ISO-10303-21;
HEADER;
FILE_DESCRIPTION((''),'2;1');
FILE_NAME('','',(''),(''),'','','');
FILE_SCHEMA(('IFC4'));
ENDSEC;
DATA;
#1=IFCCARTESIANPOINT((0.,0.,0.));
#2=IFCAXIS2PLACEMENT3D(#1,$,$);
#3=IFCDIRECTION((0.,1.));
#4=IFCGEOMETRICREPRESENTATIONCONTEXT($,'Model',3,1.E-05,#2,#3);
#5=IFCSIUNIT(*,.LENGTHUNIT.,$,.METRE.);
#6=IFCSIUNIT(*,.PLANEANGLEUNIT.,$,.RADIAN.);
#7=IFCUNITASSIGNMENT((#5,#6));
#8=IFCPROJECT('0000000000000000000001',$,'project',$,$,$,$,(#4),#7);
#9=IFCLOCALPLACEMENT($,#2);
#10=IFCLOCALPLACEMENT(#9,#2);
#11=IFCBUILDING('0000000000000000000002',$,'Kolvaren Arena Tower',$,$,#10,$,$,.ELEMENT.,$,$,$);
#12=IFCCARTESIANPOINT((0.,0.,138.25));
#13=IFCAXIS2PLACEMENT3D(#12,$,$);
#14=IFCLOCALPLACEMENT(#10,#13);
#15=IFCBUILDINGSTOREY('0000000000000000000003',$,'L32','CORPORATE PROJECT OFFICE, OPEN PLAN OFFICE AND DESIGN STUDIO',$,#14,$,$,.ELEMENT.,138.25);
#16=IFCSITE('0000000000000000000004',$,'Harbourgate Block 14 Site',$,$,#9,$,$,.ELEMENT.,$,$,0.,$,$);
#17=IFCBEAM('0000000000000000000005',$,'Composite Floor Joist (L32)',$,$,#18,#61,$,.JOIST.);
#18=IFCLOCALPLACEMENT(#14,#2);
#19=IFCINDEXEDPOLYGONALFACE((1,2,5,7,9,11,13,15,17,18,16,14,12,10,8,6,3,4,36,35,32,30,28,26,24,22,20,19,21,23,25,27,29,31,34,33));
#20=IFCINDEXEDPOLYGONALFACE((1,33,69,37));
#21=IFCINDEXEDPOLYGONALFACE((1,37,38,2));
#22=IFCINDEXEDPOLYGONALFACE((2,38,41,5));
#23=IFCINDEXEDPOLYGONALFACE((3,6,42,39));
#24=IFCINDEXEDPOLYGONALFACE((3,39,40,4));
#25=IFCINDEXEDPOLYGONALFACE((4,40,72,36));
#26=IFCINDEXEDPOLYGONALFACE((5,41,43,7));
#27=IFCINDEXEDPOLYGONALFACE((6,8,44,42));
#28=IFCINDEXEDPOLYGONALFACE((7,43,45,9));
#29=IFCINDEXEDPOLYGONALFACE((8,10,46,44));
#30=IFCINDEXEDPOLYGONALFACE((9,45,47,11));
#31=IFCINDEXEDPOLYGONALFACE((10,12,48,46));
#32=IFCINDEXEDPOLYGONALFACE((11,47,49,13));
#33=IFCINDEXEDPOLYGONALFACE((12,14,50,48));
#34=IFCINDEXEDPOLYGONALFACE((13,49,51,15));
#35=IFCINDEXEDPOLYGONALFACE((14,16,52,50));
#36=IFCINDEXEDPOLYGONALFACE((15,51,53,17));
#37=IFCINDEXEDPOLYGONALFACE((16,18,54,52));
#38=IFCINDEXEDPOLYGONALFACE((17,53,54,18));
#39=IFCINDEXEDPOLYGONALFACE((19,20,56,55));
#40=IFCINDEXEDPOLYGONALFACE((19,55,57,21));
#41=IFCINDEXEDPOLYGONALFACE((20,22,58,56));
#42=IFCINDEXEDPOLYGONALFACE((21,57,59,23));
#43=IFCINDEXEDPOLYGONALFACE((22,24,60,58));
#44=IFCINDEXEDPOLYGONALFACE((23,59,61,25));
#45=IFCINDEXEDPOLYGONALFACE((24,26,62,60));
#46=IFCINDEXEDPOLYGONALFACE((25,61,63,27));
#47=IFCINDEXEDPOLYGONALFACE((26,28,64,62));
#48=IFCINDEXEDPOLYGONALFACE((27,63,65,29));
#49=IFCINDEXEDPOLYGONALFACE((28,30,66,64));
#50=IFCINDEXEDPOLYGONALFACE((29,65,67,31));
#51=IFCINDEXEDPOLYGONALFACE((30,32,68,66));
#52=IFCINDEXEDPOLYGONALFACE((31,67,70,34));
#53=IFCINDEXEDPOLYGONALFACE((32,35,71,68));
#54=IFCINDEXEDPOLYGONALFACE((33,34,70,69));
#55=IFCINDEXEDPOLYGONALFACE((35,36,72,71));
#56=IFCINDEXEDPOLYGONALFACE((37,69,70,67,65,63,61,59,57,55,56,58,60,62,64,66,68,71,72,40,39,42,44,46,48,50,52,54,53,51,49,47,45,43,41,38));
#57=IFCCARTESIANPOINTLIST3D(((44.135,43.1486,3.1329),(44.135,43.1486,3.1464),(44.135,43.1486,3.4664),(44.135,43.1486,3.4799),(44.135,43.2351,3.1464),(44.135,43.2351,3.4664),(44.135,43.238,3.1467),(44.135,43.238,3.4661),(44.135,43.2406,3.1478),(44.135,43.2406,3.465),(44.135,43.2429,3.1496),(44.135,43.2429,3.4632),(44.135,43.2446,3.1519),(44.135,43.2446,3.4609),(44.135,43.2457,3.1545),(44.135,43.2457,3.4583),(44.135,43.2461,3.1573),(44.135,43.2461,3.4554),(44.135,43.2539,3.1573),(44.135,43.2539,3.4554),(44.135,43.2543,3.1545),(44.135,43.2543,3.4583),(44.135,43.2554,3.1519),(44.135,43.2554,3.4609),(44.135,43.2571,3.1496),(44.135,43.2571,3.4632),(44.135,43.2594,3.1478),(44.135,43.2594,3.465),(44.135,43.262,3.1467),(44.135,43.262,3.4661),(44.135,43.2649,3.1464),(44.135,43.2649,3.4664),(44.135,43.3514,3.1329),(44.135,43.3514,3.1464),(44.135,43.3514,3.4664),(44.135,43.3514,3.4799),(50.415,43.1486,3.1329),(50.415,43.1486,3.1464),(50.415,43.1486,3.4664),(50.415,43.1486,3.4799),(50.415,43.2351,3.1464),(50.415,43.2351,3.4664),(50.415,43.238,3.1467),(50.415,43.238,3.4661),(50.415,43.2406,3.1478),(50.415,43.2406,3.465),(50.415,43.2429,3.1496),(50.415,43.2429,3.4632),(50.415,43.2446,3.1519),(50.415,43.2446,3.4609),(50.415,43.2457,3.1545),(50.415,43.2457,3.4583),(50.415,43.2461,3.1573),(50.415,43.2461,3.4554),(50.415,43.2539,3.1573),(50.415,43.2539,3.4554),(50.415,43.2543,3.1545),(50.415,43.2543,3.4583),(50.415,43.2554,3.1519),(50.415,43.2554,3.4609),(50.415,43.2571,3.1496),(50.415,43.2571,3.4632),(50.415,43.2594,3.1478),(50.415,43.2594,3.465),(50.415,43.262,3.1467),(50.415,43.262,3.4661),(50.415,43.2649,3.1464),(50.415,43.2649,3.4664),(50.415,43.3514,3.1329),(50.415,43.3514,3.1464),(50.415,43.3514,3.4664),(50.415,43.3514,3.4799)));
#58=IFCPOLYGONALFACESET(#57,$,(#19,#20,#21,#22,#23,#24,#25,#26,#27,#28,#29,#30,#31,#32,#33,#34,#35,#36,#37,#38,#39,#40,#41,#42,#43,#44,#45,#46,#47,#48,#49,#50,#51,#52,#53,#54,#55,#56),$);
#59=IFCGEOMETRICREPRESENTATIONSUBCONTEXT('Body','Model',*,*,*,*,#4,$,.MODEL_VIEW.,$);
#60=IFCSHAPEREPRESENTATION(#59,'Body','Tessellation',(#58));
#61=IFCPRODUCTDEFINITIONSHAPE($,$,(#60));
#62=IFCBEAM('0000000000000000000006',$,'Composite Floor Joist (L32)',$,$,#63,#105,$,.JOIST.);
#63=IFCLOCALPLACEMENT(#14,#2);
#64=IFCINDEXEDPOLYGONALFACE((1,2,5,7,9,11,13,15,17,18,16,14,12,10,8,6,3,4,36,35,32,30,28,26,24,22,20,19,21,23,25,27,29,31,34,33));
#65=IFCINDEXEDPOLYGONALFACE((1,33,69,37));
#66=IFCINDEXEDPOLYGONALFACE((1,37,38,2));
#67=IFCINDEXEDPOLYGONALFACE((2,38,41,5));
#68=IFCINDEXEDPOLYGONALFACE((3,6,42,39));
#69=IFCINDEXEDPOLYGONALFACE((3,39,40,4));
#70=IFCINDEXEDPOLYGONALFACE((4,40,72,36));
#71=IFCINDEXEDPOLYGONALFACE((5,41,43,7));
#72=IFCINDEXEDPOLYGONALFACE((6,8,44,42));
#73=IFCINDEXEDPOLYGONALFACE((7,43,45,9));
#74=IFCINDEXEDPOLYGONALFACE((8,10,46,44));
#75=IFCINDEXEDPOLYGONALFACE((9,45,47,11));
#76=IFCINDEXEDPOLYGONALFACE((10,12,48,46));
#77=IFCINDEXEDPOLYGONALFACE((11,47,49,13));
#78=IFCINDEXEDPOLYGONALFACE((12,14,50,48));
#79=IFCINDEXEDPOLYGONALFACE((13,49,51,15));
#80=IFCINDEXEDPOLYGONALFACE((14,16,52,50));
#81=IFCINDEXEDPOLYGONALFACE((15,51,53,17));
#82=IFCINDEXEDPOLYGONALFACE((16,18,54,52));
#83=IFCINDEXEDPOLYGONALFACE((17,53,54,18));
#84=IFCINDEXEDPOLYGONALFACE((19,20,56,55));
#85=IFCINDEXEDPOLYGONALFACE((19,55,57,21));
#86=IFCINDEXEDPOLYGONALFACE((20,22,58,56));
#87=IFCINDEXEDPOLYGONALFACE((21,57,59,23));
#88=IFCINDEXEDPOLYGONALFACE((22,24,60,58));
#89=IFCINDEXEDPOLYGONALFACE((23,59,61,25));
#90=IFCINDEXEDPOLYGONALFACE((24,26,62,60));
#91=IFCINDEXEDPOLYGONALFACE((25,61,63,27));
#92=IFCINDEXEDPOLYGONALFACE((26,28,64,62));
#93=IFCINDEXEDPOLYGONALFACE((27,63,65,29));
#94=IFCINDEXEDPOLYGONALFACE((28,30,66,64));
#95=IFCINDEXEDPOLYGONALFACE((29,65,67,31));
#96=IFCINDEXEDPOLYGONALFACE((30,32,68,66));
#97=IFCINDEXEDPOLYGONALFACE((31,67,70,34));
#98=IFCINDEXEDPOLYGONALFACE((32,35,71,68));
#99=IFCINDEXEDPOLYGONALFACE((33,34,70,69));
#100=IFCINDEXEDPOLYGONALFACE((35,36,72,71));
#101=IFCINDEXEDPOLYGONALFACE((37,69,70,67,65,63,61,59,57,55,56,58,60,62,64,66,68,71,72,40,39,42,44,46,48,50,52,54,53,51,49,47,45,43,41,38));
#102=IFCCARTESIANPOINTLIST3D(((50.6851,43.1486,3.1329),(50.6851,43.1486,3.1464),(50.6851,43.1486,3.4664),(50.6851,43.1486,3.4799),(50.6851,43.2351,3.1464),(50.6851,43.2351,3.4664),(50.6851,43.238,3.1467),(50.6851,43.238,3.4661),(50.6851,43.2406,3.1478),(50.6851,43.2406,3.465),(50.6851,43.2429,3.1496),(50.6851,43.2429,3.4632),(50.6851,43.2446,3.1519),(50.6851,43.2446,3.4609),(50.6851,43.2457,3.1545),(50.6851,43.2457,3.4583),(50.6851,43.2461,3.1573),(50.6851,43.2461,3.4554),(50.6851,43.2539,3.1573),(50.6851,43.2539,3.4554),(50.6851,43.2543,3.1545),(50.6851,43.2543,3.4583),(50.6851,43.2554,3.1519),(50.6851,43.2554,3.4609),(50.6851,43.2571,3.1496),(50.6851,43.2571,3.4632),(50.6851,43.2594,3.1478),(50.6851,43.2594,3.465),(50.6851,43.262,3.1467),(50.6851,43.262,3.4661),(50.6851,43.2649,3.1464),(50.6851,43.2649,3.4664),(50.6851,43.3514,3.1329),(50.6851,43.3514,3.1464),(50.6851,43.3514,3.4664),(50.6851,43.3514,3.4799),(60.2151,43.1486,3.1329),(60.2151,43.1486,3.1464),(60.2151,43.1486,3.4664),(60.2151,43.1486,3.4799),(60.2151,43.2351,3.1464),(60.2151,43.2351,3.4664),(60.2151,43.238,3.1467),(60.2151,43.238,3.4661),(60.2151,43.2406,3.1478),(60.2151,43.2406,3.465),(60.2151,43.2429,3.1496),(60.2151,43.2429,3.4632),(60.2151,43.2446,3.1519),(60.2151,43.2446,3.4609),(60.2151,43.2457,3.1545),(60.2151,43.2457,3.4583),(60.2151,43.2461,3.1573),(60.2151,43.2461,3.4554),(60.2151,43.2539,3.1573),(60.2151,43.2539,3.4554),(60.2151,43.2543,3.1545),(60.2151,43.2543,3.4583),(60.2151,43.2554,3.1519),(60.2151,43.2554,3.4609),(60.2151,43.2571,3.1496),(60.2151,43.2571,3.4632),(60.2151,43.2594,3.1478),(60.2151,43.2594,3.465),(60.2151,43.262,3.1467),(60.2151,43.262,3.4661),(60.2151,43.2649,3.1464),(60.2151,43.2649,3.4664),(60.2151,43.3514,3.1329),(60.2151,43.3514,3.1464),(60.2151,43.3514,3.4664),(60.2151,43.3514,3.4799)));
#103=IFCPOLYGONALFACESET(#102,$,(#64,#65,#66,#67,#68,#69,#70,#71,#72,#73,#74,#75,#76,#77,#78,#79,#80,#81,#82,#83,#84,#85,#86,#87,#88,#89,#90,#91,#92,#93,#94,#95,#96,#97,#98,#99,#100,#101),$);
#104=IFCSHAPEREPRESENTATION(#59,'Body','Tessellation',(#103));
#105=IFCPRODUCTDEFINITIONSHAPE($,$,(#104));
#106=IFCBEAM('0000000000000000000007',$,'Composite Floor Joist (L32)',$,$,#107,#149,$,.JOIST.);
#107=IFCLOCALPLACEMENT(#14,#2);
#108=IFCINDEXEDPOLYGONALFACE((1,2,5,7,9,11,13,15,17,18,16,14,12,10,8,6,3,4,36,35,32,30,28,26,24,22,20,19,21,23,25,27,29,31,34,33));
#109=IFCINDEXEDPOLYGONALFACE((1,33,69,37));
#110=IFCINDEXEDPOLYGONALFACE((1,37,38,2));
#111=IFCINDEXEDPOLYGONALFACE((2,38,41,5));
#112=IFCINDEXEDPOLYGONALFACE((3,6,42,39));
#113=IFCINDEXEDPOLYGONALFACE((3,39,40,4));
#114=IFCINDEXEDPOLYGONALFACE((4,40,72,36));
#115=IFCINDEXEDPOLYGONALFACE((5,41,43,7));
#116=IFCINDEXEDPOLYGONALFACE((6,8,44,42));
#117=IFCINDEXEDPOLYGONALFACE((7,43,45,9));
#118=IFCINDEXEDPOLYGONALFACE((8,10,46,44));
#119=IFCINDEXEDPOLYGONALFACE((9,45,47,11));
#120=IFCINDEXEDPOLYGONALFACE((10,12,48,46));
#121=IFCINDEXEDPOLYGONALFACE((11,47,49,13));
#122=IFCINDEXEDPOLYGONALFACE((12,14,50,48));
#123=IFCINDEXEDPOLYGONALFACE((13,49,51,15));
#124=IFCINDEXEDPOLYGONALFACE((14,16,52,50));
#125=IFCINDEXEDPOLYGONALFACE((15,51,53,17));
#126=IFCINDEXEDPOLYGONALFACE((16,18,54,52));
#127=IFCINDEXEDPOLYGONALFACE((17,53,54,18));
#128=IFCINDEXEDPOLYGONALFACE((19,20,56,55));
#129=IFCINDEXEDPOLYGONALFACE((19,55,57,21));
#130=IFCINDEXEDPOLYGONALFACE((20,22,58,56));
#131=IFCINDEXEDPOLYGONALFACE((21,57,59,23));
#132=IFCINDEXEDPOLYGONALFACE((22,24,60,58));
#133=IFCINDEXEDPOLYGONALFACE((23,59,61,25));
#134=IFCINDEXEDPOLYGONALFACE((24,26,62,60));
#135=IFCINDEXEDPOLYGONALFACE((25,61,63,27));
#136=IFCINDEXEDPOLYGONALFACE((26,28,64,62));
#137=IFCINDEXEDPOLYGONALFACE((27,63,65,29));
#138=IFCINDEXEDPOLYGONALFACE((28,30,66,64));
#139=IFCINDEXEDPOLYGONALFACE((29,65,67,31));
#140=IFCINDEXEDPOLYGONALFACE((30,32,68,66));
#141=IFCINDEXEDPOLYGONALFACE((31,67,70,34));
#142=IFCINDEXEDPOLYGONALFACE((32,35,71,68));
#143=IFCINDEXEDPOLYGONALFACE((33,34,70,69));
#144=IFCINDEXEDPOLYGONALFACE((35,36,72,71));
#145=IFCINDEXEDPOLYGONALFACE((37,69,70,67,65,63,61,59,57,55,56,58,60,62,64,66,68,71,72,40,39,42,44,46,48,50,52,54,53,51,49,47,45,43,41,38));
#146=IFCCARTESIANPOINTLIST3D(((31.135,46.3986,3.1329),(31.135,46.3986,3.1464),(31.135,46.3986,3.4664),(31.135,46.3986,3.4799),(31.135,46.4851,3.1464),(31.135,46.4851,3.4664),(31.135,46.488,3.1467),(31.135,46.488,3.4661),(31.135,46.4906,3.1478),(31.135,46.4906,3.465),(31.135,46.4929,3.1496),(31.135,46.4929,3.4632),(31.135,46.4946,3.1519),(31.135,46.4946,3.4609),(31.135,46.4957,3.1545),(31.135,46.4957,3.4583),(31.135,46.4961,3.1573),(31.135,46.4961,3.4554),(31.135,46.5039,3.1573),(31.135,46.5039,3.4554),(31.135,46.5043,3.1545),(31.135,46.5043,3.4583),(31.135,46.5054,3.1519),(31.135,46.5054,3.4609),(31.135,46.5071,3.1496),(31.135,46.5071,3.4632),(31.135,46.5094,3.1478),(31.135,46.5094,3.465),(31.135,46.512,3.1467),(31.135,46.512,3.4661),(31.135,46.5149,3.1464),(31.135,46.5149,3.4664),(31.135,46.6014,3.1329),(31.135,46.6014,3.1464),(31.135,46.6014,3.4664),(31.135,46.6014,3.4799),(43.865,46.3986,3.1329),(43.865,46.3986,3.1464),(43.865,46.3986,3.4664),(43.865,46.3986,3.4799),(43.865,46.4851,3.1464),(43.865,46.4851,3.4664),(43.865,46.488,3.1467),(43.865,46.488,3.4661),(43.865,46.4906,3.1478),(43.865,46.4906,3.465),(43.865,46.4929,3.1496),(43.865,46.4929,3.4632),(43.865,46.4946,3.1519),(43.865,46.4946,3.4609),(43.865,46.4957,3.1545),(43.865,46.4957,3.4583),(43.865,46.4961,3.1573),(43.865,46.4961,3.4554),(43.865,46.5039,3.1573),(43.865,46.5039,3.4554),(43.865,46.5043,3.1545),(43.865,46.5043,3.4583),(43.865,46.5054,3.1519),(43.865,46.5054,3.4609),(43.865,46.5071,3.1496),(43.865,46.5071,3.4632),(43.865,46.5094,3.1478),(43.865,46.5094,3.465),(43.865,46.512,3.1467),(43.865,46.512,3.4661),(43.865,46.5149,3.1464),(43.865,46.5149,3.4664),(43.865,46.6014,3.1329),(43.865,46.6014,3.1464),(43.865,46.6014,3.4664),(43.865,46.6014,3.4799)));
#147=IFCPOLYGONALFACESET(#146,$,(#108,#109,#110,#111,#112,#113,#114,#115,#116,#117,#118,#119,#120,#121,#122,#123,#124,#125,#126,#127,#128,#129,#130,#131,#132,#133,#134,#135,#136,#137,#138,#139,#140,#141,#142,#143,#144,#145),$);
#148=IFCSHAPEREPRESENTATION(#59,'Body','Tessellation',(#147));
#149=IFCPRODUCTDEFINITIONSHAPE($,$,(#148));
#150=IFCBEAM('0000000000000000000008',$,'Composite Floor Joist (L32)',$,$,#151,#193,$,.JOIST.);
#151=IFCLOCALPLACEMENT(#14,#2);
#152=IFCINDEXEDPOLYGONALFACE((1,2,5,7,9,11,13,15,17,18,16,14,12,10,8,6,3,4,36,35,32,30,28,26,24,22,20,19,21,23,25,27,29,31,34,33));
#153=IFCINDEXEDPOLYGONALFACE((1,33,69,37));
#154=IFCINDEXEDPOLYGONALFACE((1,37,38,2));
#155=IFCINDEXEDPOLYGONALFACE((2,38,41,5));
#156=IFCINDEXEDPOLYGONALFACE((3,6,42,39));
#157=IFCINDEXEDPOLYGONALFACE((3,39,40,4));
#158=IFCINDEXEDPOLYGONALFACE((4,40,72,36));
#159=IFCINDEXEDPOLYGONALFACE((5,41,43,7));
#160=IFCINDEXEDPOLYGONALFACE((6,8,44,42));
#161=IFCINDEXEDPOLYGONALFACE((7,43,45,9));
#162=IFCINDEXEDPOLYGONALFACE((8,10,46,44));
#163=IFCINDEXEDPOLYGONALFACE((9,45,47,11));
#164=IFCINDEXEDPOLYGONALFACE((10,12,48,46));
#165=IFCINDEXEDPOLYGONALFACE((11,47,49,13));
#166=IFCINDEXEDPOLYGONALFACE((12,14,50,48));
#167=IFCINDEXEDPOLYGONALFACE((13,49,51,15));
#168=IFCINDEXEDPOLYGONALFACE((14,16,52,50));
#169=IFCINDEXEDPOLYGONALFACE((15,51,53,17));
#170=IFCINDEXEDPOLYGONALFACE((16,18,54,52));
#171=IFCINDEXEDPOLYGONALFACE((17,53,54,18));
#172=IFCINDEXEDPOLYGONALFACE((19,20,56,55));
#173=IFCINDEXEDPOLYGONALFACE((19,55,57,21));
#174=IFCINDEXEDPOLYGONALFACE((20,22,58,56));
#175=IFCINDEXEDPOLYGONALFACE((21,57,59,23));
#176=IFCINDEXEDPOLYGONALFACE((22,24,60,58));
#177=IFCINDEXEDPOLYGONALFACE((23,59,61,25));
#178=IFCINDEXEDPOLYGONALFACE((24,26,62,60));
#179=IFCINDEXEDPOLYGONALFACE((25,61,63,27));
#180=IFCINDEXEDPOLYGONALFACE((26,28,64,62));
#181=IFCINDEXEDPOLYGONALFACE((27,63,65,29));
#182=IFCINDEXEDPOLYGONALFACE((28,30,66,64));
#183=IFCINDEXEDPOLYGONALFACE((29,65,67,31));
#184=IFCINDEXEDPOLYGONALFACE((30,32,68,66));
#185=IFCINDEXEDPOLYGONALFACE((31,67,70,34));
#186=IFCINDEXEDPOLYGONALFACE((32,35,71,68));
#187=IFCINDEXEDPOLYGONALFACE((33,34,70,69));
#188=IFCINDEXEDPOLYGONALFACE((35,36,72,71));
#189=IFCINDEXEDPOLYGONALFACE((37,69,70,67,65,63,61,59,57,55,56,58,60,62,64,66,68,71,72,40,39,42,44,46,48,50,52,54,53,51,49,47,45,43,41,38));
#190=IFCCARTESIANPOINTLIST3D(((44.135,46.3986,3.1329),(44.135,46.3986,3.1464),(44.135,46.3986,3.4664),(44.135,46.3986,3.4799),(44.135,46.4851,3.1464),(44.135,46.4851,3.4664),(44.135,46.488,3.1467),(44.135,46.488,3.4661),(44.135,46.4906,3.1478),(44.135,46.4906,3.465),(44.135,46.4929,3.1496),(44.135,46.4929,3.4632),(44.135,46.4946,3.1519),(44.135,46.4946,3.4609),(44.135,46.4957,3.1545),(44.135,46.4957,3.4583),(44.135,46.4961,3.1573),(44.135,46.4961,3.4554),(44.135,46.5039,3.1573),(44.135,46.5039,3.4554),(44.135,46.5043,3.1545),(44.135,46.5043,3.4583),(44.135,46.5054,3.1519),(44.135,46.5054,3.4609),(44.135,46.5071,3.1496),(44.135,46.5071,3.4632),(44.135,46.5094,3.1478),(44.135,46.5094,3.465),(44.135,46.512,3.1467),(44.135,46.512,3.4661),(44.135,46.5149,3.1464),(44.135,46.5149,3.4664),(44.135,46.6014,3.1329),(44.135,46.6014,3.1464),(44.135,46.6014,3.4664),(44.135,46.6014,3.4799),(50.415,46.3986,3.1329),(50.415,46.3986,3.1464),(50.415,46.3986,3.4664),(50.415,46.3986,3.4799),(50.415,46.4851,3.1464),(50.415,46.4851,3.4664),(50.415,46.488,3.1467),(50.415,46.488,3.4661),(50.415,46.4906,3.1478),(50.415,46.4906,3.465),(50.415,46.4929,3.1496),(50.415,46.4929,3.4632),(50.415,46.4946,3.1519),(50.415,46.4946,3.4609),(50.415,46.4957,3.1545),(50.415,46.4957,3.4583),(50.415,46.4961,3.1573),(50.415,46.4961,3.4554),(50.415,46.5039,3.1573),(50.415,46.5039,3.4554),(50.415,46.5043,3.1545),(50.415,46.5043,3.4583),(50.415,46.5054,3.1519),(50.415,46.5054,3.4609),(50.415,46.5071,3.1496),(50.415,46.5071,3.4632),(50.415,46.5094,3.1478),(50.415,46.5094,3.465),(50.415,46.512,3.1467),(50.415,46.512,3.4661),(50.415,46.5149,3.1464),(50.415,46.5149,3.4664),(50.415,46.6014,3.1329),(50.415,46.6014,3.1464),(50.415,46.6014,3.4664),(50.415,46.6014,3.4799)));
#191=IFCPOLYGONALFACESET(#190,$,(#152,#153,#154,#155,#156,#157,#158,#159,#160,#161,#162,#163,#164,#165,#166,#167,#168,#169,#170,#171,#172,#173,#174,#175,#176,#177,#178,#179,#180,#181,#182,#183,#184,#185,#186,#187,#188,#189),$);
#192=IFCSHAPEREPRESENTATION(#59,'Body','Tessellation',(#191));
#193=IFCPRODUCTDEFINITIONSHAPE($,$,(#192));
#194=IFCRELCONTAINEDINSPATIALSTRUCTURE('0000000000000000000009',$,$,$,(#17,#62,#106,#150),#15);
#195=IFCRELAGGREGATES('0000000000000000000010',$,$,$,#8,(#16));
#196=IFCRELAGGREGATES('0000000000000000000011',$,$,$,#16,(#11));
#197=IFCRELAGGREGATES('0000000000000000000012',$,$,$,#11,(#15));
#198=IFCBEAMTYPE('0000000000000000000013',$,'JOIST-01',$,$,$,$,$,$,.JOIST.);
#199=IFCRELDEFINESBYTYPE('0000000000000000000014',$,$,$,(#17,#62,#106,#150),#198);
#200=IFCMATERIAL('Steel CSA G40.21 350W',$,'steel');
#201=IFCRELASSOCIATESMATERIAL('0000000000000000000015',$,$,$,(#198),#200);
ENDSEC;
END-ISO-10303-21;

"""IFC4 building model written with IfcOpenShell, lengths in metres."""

from ifc_helpers import new_model, si_unit, direction, frame, origin, origin_2d, place, context, subcontext, project, spatial, i_section, extrude, material, material_profile, profile_set, type_object, element, save


model = new_model("IFC4")

# Units and contexts
model_context = context("Model", 3, precision=1e-05, world=origin(), true_north=direction((0.0, 1.0)))
body_context = subcontext(model_context, "Body", "Model", "MODEL_VIEW")
ifc_project = project(units=[si_unit("LENGTHUNIT", "METRE"), si_unit("PLANEANGLEUNIT", "RADIAN")], contexts=[model_context])

# Site, building, storey
site_placement = place(None, origin())
site = spatial("IfcSite", under=ifc_project, at=site_placement, Name="Harbourgate Block 14 Site", CompositionType="ELEMENT", RefElevation=0.0)
building_placement = place(site_placement, origin())
building = spatial("IfcBuilding", under=site, at=building_placement, Name="Kolvaren Arena Tower", CompositionType="ELEMENT")
storey_placement = place(building_placement, frame((0.0, 0.0, 138.25)))
storey = spatial("IfcBuildingStorey", under=building, at=storey_placement, Name="L32", Description="CORPORATE PROJECT OFFICE, OPEN PLAN OFFICE AND DESIGN STUDIO", CompositionType="ELEMENT", Elevation=138.25)

# Beams
ifc_material_1 = material(Name="Steel CSA G40.21 350W", Category="steel")
ifc_material_profile_1 = material_profile(ifc_material_1, i_section(OverallWidth=0.2029, OverallDepth=0.3469, WebThickness=0.0078, FlangeThickness=0.0134, FilletRadius=0.011, at=origin_2d()), Name="W360x64")
ifc_profile_set_1 = profile_set([ifc_material_profile_1], Name="Steel CSA G40.21 350W")
beam_type_1 = type_object("IfcBeamType", Name="JOIST-01", PredefinedType="JOIST", material=ifc_profile_set_1)
beam_1_placement = place(storey_placement, frame((44.135, 43.25, 3.3064), z_axis=(1.0, 0.0, 0.0), x_axis=(0.0, 1.0, 0.0)))
element("IfcBeam", 1, at=beam_1_placement, inside=storey, type_object=beam_type_1, Name="Composite Floor Joist (L32)", PredefinedType="JOIST", context=body_context, shape_type="SweptSolid", body=[
    extrude(i_section(OverallWidth=0.2029, OverallDepth=0.3469, WebThickness=0.0078, FlangeThickness=0.0134, FilletRadius=0.011, at=origin_2d()), origin(), (0.0, 0.0, 1.0), 6.28),
])
beam_2_placement = place(storey_placement, frame((50.6851, 43.25, 3.3064), z_axis=(1.0, 0.0, 0.0), x_axis=(0.0, 1.0, 0.0)))
element("IfcBeam", 2, at=beam_2_placement, inside=storey, type_object=beam_type_1, Name="Composite Floor Joist (L32)", PredefinedType="JOIST", context=body_context, shape_type="SweptSolid", body=[
    extrude(i_section(OverallWidth=0.2029, OverallDepth=0.3469, WebThickness=0.0078, FlangeThickness=0.0134, FilletRadius=0.011, at=origin_2d()), origin(), (0.0, 0.0, 1.0), 9.53),
])
beam_3_placement = place(storey_placement, frame((31.135, 46.5, 3.3064), z_axis=(1.0, 0.0, 0.0), x_axis=(0.0, 1.0, 0.0)))
element("IfcBeam", 3, at=beam_3_placement, inside=storey, type_object=beam_type_1, Name="Composite Floor Joist (L32)", PredefinedType="JOIST", context=body_context, shape_type="SweptSolid", body=[
    extrude(i_section(OverallWidth=0.2029, OverallDepth=0.3469, WebThickness=0.0078, FlangeThickness=0.0134, FilletRadius=0.011, at=origin_2d()), origin(), (0.0, 0.0, 1.0), 12.73),
])
beam_4_placement = place(storey_placement, frame((44.135, 46.5, 3.3064), z_axis=(1.0, 0.0, 0.0), x_axis=(0.0, 1.0, 0.0)))
element("IfcBeam", 4, at=beam_4_placement, inside=storey, type_object=beam_type_1, Name="Composite Floor Joist (L32)", PredefinedType="JOIST", context=body_context, shape_type="SweptSolid", body=[
    extrude(i_section(OverallWidth=0.2029, OverallDepth=0.3469, WebThickness=0.0078, FlangeThickness=0.0134, FilletRadius=0.011, at=origin_2d()), origin(), (0.0, 0.0, 1.0), 6.28),
])

save(model, "model.ifc")
